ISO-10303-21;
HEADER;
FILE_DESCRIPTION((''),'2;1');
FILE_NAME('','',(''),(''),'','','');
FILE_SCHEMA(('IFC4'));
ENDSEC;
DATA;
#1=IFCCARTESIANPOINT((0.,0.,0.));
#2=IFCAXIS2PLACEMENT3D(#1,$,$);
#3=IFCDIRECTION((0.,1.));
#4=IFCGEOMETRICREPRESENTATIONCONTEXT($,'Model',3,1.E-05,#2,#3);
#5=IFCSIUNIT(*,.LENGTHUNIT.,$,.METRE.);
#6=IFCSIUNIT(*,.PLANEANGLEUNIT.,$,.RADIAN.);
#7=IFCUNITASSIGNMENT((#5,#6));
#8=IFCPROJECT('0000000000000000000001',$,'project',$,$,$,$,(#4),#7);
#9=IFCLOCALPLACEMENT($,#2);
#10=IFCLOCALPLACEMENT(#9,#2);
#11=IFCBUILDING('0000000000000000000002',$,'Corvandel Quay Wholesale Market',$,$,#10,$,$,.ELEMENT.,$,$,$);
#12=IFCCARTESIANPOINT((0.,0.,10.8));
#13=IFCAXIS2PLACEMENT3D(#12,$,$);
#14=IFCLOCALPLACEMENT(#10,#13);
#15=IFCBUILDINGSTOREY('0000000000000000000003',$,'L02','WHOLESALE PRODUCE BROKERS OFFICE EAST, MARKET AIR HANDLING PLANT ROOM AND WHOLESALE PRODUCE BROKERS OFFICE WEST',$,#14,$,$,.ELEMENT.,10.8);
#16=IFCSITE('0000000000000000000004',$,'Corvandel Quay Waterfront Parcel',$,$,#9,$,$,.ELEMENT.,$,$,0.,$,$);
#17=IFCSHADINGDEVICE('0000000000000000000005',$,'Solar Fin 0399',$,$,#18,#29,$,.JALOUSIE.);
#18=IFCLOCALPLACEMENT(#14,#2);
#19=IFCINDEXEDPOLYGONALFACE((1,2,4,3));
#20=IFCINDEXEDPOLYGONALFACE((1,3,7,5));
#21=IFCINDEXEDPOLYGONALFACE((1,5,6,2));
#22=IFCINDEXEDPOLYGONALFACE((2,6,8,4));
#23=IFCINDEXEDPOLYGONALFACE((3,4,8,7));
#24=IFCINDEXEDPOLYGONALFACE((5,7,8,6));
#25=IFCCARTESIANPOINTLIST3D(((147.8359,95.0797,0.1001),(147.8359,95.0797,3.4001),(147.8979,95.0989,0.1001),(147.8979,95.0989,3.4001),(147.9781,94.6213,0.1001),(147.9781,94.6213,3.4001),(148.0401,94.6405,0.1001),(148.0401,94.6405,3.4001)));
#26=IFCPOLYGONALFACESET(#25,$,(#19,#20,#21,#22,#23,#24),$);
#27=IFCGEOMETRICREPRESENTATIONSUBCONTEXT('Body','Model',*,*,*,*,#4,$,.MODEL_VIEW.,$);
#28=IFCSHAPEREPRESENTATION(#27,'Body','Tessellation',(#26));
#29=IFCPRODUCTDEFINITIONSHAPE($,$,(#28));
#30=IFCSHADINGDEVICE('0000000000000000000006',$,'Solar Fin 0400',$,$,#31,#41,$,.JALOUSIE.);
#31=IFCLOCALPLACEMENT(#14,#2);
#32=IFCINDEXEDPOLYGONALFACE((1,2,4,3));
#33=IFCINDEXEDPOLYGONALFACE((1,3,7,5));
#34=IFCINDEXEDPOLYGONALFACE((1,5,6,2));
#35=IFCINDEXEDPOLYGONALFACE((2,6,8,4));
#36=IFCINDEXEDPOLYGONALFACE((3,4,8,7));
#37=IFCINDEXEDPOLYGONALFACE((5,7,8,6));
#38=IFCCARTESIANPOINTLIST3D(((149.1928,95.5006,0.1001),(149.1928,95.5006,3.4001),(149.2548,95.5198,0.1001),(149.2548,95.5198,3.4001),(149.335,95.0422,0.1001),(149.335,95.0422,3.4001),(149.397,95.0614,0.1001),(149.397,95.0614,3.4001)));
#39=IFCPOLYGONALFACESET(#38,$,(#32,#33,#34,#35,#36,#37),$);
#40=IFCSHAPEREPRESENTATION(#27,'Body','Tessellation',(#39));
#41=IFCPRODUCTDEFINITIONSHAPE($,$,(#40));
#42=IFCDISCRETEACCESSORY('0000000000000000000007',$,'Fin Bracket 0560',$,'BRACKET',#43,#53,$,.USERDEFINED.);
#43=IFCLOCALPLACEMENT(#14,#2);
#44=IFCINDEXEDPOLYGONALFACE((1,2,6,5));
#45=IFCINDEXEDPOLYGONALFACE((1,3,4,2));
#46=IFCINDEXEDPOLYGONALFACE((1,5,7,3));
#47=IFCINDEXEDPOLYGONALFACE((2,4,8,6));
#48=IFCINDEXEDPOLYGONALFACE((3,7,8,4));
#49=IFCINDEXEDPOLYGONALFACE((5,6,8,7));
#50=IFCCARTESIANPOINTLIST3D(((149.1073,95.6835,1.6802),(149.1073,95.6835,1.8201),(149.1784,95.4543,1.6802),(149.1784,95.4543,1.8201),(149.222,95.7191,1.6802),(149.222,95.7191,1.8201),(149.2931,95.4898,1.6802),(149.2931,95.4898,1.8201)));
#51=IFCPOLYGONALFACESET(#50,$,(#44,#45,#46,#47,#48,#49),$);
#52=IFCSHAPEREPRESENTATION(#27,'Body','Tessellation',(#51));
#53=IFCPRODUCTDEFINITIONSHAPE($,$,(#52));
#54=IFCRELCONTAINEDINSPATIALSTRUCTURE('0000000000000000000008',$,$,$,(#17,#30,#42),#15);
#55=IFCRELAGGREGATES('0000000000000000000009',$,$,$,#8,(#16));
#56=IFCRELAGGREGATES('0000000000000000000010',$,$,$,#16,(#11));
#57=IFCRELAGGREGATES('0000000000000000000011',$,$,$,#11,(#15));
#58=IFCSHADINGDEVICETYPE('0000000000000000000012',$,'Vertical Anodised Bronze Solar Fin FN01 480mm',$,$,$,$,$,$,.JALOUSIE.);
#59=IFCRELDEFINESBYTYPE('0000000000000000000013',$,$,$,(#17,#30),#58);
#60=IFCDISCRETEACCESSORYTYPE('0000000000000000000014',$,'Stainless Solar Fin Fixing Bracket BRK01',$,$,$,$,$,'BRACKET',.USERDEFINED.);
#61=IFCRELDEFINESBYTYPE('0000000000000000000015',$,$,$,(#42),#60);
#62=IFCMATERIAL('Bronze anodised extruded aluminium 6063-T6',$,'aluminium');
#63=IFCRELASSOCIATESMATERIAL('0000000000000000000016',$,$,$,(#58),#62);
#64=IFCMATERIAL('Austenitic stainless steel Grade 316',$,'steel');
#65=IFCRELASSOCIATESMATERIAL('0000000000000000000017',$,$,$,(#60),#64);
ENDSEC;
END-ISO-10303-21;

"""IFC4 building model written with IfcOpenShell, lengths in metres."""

from ifc_helpers import new_model, si_unit, direction, frame, origin, origin_2d, place, context, subcontext, project, spatial, rectangle, extrude, material, type_object, element, save


model = new_model("IFC4")

# Units and contexts
model_context = context("Model", 3, precision=1e-05, world=origin(), true_north=direction((0.0, 1.0)))
body_context = subcontext(model_context, "Body", "Model", "MODEL_VIEW")
ifc_project = project(units=[si_unit("LENGTHUNIT", "METRE"), si_unit("PLANEANGLEUNIT", "RADIAN")], contexts=[model_context])

# Site, building, storey
site_placement = place(None, origin())
site = spatial("IfcSite", under=ifc_project, at=site_placement, Name="Corvandel Quay Waterfront Parcel", CompositionType="ELEMENT", RefElevation=0.0)
building_placement = place(site_placement, origin())
building = spatial("IfcBuilding", under=site, at=building_placement, Name="Corvandel Quay Wholesale Market", CompositionType="ELEMENT")
storey_placement = place(building_placement, frame((0.0, 0.0, 10.8)))
storey = spatial("IfcBuildingStorey", under=building, at=storey_placement, Name="L02", Description="WHOLESALE PRODUCE BROKERS OFFICE EAST, MARKET AIR HANDLING PLANT ROOM AND WHOLESALE PRODUCE BROKERS OFFICE WEST", CompositionType="ELEMENT", Elevation=10.8)

# Shading devices
ifc_material_1 = material(Name="Bronze anodised extruded aluminium 6063-T6", Category="aluminium")
shading_device_type = type_object("IfcShadingDeviceType", Name="Vertical Anodised Bronze Solar Fin FN01 480mm", PredefinedType="JALOUSIE", material=ifc_material_1)
for number, where, z_axis, x_axis, name in (
    (1, (147.938, 94.8601, 0.1001), (0.0, 0.0, 1.0), (-0.296208, 0.955123, 0.0), "Solar Fin 0399"),
    (2, (149.2949, 95.281, 0.1001), (0.0, 0.0, 1.0), (-0.296208, 0.955123, 0.0), "Solar Fin 0400"),
):
    element("IfcShadingDevice", number, at=place(storey_placement, frame(where, z_axis=z_axis, x_axis=x_axis)), inside=storey, type_object=shading_device_type, Name=name, PredefinedType="JALOUSIE", context=body_context, shape_type="SweptSolid", body=[
        extrude(rectangle(XDim=0.48, YDim=0.0649, at=origin_2d()), origin(), (0.0, 0.0, 1.0), 3.3),
    ])

# Discrete accessory
ifc_material_2 = material(Name="Austenitic stainless steel Grade 316", Category="steel")
discrete_accessory_type = type_object("IfcDiscreteAccessoryType", Name="Stainless Solar Fin Fixing Bracket BRK01", ElementType="BRACKET", PredefinedType="USERDEFINED", material=ifc_material_2)
discrete_accessory_placement = place(storey_placement, frame((149.2002, 95.5867, 1.6802), z_axis=(0.0, 0.0, 1.0), x_axis=(-0.296208, 0.955123, 0.0)))
element("IfcDiscreteAccessory", 3, at=discrete_accessory_placement, inside=storey, type_object=discrete_accessory_type, Name="Fin Bracket 0560", ObjectType="BRACKET", PredefinedType="USERDEFINED", context=body_context, shape_type="SweptSolid", body=[
    extrude(rectangle(XDim=0.24, YDim=0.1201, at=origin_2d()), origin(), (0.0, 0.0, 1.0), 0.1399),
])

save(model, "model.ifc")
